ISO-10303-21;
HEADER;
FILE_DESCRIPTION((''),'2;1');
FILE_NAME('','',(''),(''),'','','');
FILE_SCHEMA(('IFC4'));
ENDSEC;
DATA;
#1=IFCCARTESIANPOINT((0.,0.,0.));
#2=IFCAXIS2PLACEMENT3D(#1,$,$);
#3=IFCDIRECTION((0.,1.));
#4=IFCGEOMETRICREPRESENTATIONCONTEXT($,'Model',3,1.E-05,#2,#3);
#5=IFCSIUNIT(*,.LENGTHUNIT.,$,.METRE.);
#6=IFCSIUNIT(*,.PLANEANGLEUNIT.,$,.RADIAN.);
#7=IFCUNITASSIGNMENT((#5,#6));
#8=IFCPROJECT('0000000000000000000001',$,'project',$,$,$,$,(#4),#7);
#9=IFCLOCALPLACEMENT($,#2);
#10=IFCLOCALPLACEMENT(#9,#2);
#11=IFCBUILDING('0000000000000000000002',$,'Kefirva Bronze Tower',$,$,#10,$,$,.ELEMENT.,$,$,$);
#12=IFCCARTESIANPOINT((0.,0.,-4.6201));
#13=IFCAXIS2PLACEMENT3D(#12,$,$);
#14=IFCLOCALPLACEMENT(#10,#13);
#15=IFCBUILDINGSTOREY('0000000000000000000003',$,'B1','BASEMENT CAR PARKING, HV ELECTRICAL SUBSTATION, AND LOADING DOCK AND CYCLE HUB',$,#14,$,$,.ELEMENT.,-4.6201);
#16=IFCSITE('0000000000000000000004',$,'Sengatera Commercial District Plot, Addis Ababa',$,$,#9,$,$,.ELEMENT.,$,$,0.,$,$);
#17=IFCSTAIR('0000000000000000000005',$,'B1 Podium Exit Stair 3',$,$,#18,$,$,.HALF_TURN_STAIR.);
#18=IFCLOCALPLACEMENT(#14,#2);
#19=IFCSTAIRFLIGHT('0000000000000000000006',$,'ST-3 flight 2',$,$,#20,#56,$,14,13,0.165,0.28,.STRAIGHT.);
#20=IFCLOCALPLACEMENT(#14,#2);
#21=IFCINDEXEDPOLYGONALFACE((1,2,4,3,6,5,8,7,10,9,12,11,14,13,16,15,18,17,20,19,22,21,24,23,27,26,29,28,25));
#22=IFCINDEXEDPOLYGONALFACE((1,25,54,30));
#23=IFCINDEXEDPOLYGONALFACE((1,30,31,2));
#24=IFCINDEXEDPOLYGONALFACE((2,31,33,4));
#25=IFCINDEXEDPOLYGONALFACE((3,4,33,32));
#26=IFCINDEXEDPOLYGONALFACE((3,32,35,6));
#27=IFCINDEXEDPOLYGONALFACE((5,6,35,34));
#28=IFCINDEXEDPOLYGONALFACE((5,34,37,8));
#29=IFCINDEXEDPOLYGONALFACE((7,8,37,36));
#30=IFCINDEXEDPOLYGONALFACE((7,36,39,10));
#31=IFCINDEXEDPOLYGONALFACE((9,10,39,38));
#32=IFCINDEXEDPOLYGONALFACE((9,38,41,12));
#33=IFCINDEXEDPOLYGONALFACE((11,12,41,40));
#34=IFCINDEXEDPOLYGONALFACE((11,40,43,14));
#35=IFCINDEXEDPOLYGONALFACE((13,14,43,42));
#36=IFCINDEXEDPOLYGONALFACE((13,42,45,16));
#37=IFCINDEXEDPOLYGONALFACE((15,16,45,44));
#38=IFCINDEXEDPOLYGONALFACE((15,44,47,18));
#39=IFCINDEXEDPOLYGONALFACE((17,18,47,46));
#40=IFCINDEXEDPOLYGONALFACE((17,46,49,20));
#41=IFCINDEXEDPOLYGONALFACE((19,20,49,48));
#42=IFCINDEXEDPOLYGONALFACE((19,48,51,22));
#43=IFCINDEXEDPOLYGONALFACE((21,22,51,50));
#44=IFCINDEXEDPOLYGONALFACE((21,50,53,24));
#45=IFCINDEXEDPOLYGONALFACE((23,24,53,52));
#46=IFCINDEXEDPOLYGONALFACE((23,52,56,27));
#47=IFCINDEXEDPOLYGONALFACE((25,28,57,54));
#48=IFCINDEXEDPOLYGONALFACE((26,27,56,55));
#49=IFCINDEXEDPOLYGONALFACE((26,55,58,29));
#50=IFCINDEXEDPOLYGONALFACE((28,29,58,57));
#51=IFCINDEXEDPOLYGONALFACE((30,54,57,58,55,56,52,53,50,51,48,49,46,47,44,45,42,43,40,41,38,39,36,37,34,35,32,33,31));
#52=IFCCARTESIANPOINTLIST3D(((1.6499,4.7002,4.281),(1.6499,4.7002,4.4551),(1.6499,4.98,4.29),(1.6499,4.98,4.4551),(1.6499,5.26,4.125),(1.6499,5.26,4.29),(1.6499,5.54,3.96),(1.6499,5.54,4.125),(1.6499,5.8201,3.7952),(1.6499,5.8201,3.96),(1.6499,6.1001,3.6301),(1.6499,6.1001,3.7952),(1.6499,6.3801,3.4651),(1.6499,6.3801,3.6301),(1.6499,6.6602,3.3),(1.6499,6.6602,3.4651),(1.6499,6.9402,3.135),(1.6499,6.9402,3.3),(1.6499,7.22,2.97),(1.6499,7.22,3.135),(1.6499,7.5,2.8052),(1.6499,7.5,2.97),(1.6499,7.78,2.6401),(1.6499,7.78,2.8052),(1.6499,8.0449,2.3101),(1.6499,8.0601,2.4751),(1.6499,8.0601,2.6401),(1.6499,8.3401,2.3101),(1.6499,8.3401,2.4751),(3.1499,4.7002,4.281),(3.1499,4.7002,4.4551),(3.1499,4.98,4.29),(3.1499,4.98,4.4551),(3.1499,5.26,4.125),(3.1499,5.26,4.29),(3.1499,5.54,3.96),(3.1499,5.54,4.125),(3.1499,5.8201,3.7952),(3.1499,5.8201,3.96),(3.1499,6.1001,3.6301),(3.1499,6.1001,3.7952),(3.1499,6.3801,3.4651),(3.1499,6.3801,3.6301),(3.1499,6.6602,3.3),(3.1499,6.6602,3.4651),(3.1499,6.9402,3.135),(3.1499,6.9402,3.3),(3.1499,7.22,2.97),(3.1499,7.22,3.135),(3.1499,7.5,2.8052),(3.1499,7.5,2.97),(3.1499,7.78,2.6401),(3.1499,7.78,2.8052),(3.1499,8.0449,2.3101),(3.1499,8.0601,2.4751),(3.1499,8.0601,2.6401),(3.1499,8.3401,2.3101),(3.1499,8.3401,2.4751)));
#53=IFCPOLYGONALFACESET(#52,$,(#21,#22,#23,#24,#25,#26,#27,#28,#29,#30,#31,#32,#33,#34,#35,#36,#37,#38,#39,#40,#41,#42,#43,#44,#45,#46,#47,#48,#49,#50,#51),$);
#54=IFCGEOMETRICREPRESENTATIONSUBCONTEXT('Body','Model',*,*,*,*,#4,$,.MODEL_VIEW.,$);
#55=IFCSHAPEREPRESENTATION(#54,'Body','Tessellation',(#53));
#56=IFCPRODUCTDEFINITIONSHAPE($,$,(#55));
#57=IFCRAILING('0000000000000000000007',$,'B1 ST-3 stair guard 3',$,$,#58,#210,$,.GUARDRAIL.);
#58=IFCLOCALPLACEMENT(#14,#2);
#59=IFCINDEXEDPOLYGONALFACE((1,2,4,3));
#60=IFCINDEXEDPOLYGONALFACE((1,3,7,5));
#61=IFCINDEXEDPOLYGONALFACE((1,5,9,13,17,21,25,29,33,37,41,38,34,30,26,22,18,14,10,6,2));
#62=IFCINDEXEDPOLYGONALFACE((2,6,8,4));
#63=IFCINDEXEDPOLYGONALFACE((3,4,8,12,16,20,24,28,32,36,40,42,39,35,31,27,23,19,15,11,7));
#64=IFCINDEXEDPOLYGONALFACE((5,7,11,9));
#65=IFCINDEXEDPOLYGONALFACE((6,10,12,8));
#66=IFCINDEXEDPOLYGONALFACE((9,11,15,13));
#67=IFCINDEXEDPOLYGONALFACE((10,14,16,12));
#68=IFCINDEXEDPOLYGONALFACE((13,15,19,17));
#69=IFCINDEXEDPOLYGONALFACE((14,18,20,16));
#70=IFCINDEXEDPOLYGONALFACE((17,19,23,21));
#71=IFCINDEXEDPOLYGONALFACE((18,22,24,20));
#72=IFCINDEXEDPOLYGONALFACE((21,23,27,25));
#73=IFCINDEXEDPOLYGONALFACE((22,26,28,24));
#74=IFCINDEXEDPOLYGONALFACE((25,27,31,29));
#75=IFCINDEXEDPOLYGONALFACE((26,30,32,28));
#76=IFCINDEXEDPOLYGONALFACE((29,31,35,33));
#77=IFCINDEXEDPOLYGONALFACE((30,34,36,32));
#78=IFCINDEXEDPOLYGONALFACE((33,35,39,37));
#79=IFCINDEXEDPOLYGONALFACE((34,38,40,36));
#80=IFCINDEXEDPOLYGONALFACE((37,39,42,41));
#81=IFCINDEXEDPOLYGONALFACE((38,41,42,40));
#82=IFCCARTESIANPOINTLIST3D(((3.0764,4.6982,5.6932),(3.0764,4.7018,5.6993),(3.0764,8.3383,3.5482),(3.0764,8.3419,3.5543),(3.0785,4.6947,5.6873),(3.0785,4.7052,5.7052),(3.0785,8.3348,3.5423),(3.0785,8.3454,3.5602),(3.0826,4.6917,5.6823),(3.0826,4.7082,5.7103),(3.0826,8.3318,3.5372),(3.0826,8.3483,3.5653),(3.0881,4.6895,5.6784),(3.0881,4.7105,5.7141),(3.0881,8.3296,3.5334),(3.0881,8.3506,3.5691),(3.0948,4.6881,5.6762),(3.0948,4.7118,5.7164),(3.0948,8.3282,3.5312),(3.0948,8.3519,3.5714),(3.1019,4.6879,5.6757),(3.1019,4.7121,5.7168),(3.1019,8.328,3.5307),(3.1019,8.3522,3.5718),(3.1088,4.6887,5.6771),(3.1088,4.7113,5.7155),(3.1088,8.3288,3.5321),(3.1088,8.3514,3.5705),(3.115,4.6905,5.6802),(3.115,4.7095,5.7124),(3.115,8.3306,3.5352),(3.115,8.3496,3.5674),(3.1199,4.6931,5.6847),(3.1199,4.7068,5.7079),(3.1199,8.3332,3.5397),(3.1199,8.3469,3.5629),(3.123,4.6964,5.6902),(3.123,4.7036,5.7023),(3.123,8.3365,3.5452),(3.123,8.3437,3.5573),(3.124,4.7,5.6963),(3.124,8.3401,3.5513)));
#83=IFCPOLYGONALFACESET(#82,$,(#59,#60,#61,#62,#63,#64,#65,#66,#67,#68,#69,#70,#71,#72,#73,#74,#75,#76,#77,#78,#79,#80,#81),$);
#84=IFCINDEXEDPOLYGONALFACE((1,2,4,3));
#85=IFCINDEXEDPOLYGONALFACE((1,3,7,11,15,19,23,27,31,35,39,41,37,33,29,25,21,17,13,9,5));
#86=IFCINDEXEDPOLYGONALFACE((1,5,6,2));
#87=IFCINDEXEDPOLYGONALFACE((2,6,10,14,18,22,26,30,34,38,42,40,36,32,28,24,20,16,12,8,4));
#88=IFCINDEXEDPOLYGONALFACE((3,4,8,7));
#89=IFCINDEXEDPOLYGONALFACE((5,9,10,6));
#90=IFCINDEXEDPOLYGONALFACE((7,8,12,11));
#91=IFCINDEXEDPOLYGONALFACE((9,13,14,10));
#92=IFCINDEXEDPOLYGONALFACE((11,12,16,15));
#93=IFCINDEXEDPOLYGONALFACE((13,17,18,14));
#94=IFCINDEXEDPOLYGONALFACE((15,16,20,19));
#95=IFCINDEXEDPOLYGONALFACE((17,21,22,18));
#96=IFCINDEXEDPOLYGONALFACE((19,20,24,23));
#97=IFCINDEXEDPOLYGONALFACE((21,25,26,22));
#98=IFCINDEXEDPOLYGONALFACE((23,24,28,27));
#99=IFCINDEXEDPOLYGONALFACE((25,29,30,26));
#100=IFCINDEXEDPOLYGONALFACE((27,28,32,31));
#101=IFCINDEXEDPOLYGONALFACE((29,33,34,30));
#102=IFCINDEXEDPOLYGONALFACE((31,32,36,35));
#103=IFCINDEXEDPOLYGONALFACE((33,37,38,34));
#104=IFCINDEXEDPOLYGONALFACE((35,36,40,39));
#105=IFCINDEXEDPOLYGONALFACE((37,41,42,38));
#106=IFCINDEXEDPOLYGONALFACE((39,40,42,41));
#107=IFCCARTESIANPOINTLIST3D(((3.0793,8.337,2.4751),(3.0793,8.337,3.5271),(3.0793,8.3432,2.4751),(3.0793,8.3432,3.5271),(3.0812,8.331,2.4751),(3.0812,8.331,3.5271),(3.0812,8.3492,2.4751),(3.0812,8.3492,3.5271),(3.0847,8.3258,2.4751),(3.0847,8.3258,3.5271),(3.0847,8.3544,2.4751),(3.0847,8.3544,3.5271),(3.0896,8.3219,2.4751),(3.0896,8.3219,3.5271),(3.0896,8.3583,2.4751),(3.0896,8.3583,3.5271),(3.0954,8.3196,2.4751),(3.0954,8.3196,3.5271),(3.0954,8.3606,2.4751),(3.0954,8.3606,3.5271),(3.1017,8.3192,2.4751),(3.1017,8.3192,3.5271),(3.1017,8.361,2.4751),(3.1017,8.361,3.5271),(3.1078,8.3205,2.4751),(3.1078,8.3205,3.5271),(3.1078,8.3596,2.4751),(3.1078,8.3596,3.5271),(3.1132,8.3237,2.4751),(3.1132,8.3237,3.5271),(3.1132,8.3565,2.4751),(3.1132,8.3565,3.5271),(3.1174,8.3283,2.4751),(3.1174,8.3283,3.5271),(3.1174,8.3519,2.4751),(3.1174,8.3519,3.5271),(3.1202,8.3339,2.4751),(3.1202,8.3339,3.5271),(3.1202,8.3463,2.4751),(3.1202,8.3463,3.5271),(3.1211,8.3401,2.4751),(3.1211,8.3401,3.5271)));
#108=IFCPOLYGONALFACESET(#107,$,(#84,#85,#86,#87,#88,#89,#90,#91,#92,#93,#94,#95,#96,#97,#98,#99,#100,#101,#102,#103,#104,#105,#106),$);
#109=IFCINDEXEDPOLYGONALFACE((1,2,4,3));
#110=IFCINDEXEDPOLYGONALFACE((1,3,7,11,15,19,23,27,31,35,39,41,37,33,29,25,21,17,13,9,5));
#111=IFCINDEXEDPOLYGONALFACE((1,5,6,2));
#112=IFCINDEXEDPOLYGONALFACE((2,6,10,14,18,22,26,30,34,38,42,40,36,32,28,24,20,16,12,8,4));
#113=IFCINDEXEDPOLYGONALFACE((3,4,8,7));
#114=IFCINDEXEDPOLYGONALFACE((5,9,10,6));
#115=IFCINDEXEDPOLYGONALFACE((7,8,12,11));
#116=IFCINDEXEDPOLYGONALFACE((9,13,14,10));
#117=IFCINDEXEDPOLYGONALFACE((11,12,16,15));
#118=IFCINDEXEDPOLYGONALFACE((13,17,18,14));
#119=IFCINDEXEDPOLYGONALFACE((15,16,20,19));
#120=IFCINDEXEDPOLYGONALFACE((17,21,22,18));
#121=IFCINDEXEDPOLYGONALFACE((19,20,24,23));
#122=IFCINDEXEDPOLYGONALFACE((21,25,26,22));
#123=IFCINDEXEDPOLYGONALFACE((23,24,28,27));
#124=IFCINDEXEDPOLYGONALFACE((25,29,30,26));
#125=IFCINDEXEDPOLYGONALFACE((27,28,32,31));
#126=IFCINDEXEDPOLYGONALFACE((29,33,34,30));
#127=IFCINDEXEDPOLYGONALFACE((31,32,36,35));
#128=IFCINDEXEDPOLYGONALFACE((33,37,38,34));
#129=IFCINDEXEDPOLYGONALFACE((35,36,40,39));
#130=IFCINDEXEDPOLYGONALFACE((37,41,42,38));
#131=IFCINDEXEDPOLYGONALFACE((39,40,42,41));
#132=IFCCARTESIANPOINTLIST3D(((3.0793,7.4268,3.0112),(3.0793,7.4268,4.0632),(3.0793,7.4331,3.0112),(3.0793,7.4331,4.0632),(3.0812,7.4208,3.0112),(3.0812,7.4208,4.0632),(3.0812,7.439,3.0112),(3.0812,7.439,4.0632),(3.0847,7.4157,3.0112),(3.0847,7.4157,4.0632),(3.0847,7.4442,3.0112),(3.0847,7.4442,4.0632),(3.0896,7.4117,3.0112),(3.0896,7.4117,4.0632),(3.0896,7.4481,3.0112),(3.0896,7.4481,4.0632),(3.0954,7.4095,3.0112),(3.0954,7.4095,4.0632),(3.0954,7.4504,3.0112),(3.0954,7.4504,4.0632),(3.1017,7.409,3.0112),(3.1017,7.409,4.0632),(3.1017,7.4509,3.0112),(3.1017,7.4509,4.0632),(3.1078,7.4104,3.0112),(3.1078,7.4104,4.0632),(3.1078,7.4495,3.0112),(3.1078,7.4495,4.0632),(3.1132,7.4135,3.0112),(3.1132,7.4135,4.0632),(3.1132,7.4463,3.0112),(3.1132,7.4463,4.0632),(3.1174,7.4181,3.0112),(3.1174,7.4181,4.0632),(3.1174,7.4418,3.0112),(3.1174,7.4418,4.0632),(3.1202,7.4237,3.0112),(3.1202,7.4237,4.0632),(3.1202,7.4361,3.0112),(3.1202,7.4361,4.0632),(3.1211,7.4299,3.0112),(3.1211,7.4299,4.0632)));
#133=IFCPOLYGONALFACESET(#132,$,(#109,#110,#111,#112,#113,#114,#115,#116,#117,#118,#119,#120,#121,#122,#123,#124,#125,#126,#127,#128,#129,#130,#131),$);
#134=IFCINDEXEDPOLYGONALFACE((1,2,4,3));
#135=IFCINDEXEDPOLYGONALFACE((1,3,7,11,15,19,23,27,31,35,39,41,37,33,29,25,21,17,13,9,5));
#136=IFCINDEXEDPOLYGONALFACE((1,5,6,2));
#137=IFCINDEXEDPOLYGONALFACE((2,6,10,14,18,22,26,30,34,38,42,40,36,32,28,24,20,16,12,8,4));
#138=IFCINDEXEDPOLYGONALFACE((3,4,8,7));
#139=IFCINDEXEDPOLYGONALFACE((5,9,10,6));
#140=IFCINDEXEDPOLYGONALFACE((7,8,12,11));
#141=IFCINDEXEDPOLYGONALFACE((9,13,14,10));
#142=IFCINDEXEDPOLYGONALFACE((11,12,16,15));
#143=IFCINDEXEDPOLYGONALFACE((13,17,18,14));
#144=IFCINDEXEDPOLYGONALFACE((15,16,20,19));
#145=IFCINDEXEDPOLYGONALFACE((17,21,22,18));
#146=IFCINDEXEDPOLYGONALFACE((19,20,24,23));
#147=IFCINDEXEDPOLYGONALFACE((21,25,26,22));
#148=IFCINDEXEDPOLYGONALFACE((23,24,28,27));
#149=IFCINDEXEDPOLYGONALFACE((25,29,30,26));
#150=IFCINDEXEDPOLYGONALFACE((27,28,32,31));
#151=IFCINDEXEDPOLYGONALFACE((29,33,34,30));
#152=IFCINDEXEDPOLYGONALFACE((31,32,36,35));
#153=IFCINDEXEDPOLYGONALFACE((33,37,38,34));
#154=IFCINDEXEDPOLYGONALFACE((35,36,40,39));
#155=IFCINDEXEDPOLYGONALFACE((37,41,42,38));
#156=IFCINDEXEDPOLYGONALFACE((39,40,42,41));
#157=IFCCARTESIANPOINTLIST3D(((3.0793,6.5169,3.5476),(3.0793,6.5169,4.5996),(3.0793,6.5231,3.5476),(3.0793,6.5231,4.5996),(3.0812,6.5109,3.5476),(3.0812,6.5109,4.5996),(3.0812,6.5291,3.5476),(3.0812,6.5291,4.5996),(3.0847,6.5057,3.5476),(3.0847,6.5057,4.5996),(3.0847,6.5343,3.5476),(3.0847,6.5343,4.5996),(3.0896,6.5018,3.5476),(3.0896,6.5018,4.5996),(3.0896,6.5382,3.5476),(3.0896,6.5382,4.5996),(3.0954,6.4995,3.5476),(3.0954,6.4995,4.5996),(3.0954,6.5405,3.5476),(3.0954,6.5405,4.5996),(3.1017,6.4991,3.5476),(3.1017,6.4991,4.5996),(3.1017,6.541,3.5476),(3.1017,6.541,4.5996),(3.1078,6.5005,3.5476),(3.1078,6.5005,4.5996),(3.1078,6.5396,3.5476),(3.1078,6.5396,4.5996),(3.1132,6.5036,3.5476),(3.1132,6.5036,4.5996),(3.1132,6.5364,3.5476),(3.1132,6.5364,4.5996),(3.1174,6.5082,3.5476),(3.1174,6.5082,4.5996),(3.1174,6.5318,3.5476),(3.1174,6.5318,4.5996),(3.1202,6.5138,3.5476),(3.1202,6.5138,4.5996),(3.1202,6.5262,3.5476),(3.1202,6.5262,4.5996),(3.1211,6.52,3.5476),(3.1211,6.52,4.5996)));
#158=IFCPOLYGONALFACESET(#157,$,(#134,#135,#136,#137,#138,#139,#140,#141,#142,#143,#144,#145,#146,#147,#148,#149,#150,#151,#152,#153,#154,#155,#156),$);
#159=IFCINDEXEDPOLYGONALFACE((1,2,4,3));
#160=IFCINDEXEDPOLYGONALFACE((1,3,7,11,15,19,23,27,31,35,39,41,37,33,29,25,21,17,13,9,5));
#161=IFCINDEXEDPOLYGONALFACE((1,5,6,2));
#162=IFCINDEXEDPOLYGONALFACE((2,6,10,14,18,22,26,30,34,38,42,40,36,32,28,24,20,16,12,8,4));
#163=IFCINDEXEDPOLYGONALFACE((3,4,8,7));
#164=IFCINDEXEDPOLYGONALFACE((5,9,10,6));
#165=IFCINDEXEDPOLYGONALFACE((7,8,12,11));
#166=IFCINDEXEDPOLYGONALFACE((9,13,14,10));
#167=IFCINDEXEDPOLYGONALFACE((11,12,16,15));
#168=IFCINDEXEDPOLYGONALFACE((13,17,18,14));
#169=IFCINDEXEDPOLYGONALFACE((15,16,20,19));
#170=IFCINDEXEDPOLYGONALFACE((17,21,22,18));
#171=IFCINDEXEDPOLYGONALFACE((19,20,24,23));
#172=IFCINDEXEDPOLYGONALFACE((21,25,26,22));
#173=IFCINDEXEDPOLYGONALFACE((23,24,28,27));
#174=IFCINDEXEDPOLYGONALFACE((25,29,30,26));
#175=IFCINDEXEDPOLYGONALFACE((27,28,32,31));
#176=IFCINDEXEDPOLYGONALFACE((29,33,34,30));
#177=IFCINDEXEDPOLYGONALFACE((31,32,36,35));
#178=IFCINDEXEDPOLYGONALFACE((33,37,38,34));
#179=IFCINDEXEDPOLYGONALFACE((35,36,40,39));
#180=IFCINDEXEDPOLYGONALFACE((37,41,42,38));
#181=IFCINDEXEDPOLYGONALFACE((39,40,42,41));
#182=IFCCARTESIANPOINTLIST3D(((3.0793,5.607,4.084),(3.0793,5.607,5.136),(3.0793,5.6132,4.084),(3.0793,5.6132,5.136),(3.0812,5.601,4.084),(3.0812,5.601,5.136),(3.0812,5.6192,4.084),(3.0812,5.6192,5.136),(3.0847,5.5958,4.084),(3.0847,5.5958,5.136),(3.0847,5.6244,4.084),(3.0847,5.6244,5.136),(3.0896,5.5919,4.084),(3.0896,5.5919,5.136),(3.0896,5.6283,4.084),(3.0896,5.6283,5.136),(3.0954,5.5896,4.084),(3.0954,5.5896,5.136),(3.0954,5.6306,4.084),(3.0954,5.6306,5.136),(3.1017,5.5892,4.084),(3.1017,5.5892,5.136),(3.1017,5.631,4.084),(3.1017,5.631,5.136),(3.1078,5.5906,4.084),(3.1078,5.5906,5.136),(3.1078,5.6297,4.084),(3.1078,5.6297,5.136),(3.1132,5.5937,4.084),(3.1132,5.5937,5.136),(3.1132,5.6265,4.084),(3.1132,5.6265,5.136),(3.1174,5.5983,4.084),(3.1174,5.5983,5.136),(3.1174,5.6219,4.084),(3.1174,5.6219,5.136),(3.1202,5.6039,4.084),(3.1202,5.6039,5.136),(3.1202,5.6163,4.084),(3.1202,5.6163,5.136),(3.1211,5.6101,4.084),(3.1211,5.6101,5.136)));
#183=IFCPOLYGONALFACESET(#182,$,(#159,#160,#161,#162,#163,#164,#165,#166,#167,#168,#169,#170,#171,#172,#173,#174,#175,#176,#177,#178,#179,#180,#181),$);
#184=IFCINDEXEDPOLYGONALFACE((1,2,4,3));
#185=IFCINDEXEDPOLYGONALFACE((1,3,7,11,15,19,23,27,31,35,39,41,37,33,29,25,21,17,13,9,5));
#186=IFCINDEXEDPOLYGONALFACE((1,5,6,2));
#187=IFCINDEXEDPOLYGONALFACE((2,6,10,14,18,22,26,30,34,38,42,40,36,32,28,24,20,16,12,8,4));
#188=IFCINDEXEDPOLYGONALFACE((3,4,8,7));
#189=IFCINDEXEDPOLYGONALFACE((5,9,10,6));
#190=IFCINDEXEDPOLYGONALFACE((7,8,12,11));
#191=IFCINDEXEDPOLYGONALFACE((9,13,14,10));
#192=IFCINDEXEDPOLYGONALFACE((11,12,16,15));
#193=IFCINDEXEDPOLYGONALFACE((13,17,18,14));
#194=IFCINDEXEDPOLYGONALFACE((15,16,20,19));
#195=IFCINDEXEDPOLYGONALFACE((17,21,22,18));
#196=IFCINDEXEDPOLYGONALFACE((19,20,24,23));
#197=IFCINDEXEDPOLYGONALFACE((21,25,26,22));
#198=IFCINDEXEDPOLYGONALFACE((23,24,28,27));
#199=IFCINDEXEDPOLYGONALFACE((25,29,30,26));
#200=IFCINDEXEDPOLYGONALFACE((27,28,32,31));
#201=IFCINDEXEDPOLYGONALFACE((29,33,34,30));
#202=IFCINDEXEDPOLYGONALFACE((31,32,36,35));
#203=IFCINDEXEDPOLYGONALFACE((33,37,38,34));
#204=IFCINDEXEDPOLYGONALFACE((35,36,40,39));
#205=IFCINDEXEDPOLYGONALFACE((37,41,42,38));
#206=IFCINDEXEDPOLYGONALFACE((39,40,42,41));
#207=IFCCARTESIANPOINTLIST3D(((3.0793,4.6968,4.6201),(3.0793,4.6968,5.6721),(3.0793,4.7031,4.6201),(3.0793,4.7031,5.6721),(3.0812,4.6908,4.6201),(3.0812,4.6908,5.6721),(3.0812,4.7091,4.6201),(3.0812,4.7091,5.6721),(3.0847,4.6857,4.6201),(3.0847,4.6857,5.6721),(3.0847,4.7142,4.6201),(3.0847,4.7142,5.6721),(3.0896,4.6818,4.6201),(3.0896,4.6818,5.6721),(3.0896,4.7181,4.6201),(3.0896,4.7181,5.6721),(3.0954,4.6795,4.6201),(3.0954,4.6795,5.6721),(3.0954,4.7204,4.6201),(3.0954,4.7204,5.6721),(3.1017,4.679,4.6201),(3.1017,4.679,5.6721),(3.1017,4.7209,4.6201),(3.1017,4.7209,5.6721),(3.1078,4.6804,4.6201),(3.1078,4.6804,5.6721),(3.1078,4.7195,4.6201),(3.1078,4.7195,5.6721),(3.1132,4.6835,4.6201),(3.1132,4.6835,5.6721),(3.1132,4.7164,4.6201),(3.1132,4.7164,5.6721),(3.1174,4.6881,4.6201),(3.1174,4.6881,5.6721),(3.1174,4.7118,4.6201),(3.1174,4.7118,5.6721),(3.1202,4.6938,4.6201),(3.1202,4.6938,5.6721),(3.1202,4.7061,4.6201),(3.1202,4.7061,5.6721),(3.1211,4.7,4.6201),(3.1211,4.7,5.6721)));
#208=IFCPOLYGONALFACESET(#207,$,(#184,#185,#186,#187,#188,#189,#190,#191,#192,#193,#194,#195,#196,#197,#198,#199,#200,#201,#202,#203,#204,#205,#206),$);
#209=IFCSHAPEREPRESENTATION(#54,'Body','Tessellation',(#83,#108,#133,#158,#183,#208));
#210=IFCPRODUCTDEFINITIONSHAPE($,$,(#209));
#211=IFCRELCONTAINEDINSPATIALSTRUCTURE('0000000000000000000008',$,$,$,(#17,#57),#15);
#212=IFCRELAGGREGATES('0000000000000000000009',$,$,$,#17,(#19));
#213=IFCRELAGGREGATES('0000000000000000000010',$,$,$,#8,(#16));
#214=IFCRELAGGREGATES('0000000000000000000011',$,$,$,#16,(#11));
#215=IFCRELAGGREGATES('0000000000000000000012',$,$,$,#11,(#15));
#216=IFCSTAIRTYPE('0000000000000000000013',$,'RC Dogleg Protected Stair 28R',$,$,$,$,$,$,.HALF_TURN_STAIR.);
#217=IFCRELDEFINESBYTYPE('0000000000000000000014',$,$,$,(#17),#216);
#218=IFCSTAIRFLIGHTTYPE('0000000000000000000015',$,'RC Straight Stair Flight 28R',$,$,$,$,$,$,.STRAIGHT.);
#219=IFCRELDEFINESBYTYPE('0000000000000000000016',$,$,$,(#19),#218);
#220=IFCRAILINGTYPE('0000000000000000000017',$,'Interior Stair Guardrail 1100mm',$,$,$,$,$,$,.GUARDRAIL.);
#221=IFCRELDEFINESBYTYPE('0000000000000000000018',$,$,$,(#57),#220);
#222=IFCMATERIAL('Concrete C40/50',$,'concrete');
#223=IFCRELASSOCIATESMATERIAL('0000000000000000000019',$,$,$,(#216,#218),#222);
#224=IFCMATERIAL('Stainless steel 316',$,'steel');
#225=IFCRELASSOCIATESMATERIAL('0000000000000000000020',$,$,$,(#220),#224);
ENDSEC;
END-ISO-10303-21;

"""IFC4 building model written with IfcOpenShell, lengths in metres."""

from ifc_helpers import new_model, si_unit, direction, frame, origin, origin_2d, place, context, subcontext, project, spatial, polyline, circle, outline, extrude, material, type_object, element, aggregate, save


model = new_model("IFC4")

# Units and contexts
model_context = context("Model", 3, precision=1e-05, world=origin(), true_north=direction((0.0, 1.0)))
body_context = subcontext(model_context, "Body", "Model", "MODEL_VIEW")
ifc_project = project(units=[si_unit("LENGTHUNIT", "METRE"), si_unit("PLANEANGLEUNIT", "RADIAN")], contexts=[model_context])

# Site, building, storey
site_placement = place(None, origin())
site = spatial("IfcSite", under=ifc_project, at=site_placement, Name="Sengatera Commercial District Plot, Addis Ababa", CompositionType="ELEMENT", RefElevation=0.0)
building_placement = place(site_placement, origin())
building = spatial("IfcBuilding", under=site, at=building_placement, Name="Kefirva Bronze Tower", CompositionType="ELEMENT")
storey_placement = place(building_placement, frame((0.0, 0.0, -4.6201)))
storey = spatial("IfcBuildingStorey", under=building, at=storey_placement, Name="B1", Description="BASEMENT CAR PARKING, HV ELECTRICAL SUBSTATION, AND LOADING DOCK AND CYCLE HUB", CompositionType="ELEMENT", Elevation=-4.6201)

# Stair, stair flight
ifc_material_1 = material(Name="Concrete C40/50", Category="concrete")
stair_type = type_object("IfcStairType", Name="RC Dogleg Protected Stair 28R", PredefinedType="HALF_TURN_STAIR", material=ifc_material_1)
stair_placement = place(storey_placement, origin())
stair = element("IfcStair", 1, at=stair_placement, inside=storey, type_object=stair_type, Name="B1 Podium Exit Stair 3", PredefinedType="HALF_TURN_STAIR")
stair_flight_type = type_object("IfcStairFlightType", Name="RC Straight Stair Flight 28R", PredefinedType="STRAIGHT", material=ifc_material_1)
stair_flight_placement = place(storey_placement, frame((2.3999, 8.3401, 2.3101), z_axis=(0.0, 0.0, 1.0), x_axis=(0.0, -1.0, 0.0)))
stair_flight = element("IfcStairFlight", 2, at=stair_flight_placement, type_object=stair_flight_type, Name="ST-3 flight 2", NumberOfRisers=14, NumberOfTreads=13, PredefinedType="STRAIGHT", RiserHeight=0.165, TreadLength=0.28, context=body_context, shape_type="SweptSolid", body=[
    extrude(outline(polyline([(0.0, 0.0), (0.0, 0.165), (0.28, 0.165), (0.28, 0.3301), (0.5601, 0.3301), (0.5601, 0.4951), (0.8401, 0.4951), (0.8401, 0.6599), (1.1201, 0.6599), (1.1201, 0.825), (1.3999, 0.825), (1.3999, 0.99), (1.6799, 0.99), (1.6799, 1.155), (1.96, 1.155), (1.96, 1.3201), (2.24, 1.3201), (2.24, 1.4851), (2.52, 1.4851), (2.52, 1.6499), (2.8, 1.6499), (2.8, 1.8149), (3.0801, 1.8149), (3.0801, 1.98), (3.3601, 1.98), (3.3601, 2.145), (3.6399, 2.145), (3.6399, 2.3101), (3.6399, 1.9709), (0.2952, 0.0), (0.0, 0.0)])), frame((0.0, 0.75, 0.0), z_axis=(0.0, -1.0, 0.0), x_axis=(1.0, 0.0, 0.0)), (0.0, 0.0, 1.0), 1.5),
])
aggregate(stair, [stair_flight])

# Railing
ifc_material_2 = material(Name="Stainless steel 316", Category="steel")
railing_type_1 = type_object("IfcRailingType", Name="Interior Stair Guardrail 1100mm", PredefinedType="GUARDRAIL", material=ifc_material_2)
railing_1_placement = place(storey_placement, frame((3.1001, 8.3401, 2.4751)))
element("IfcRailing", 3, at=railing_1_placement, inside=storey, type_object=railing_type_1, Name="B1 ST-3 stair guard 3", PredefinedType="GUARDRAIL", context=body_context, shape_type="SweptSolid", body=[
    extrude(circle(Radius=0.0239, at=origin_2d()), frame((0.0, 0.0, 1.0762), z_axis=(0.0, -0.861545, 0.507682), x_axis=(1.0, 0.0, 0.0)), (0.0, 0.0, 1.0), 4.2251),
    extrude(circle(Radius=0.021, at=origin_2d()), origin(), (0.0, 0.0, 1.0), 1.052),
    extrude(circle(Radius=0.021, at=origin_2d()), frame((0.0, -0.9102, 0.5361)), (0.0, 0.0, 1.0), 1.052),
    extrude(circle(Radius=0.021, at=origin_2d()), frame((0.0, -1.8201, 1.0725)), (0.0, 0.0, 1.0), 1.052),
    extrude(circle(Radius=0.021, at=origin_2d()), frame((0.0, -2.73, 1.6089)), (0.0, 0.0, 1.0), 1.052),
    extrude(circle(Radius=0.021, at=origin_2d()), frame((0.0, -3.6401, 2.145)), (0.0, 0.0, 1.0), 1.052),
])

save(model, "model.ifc")
